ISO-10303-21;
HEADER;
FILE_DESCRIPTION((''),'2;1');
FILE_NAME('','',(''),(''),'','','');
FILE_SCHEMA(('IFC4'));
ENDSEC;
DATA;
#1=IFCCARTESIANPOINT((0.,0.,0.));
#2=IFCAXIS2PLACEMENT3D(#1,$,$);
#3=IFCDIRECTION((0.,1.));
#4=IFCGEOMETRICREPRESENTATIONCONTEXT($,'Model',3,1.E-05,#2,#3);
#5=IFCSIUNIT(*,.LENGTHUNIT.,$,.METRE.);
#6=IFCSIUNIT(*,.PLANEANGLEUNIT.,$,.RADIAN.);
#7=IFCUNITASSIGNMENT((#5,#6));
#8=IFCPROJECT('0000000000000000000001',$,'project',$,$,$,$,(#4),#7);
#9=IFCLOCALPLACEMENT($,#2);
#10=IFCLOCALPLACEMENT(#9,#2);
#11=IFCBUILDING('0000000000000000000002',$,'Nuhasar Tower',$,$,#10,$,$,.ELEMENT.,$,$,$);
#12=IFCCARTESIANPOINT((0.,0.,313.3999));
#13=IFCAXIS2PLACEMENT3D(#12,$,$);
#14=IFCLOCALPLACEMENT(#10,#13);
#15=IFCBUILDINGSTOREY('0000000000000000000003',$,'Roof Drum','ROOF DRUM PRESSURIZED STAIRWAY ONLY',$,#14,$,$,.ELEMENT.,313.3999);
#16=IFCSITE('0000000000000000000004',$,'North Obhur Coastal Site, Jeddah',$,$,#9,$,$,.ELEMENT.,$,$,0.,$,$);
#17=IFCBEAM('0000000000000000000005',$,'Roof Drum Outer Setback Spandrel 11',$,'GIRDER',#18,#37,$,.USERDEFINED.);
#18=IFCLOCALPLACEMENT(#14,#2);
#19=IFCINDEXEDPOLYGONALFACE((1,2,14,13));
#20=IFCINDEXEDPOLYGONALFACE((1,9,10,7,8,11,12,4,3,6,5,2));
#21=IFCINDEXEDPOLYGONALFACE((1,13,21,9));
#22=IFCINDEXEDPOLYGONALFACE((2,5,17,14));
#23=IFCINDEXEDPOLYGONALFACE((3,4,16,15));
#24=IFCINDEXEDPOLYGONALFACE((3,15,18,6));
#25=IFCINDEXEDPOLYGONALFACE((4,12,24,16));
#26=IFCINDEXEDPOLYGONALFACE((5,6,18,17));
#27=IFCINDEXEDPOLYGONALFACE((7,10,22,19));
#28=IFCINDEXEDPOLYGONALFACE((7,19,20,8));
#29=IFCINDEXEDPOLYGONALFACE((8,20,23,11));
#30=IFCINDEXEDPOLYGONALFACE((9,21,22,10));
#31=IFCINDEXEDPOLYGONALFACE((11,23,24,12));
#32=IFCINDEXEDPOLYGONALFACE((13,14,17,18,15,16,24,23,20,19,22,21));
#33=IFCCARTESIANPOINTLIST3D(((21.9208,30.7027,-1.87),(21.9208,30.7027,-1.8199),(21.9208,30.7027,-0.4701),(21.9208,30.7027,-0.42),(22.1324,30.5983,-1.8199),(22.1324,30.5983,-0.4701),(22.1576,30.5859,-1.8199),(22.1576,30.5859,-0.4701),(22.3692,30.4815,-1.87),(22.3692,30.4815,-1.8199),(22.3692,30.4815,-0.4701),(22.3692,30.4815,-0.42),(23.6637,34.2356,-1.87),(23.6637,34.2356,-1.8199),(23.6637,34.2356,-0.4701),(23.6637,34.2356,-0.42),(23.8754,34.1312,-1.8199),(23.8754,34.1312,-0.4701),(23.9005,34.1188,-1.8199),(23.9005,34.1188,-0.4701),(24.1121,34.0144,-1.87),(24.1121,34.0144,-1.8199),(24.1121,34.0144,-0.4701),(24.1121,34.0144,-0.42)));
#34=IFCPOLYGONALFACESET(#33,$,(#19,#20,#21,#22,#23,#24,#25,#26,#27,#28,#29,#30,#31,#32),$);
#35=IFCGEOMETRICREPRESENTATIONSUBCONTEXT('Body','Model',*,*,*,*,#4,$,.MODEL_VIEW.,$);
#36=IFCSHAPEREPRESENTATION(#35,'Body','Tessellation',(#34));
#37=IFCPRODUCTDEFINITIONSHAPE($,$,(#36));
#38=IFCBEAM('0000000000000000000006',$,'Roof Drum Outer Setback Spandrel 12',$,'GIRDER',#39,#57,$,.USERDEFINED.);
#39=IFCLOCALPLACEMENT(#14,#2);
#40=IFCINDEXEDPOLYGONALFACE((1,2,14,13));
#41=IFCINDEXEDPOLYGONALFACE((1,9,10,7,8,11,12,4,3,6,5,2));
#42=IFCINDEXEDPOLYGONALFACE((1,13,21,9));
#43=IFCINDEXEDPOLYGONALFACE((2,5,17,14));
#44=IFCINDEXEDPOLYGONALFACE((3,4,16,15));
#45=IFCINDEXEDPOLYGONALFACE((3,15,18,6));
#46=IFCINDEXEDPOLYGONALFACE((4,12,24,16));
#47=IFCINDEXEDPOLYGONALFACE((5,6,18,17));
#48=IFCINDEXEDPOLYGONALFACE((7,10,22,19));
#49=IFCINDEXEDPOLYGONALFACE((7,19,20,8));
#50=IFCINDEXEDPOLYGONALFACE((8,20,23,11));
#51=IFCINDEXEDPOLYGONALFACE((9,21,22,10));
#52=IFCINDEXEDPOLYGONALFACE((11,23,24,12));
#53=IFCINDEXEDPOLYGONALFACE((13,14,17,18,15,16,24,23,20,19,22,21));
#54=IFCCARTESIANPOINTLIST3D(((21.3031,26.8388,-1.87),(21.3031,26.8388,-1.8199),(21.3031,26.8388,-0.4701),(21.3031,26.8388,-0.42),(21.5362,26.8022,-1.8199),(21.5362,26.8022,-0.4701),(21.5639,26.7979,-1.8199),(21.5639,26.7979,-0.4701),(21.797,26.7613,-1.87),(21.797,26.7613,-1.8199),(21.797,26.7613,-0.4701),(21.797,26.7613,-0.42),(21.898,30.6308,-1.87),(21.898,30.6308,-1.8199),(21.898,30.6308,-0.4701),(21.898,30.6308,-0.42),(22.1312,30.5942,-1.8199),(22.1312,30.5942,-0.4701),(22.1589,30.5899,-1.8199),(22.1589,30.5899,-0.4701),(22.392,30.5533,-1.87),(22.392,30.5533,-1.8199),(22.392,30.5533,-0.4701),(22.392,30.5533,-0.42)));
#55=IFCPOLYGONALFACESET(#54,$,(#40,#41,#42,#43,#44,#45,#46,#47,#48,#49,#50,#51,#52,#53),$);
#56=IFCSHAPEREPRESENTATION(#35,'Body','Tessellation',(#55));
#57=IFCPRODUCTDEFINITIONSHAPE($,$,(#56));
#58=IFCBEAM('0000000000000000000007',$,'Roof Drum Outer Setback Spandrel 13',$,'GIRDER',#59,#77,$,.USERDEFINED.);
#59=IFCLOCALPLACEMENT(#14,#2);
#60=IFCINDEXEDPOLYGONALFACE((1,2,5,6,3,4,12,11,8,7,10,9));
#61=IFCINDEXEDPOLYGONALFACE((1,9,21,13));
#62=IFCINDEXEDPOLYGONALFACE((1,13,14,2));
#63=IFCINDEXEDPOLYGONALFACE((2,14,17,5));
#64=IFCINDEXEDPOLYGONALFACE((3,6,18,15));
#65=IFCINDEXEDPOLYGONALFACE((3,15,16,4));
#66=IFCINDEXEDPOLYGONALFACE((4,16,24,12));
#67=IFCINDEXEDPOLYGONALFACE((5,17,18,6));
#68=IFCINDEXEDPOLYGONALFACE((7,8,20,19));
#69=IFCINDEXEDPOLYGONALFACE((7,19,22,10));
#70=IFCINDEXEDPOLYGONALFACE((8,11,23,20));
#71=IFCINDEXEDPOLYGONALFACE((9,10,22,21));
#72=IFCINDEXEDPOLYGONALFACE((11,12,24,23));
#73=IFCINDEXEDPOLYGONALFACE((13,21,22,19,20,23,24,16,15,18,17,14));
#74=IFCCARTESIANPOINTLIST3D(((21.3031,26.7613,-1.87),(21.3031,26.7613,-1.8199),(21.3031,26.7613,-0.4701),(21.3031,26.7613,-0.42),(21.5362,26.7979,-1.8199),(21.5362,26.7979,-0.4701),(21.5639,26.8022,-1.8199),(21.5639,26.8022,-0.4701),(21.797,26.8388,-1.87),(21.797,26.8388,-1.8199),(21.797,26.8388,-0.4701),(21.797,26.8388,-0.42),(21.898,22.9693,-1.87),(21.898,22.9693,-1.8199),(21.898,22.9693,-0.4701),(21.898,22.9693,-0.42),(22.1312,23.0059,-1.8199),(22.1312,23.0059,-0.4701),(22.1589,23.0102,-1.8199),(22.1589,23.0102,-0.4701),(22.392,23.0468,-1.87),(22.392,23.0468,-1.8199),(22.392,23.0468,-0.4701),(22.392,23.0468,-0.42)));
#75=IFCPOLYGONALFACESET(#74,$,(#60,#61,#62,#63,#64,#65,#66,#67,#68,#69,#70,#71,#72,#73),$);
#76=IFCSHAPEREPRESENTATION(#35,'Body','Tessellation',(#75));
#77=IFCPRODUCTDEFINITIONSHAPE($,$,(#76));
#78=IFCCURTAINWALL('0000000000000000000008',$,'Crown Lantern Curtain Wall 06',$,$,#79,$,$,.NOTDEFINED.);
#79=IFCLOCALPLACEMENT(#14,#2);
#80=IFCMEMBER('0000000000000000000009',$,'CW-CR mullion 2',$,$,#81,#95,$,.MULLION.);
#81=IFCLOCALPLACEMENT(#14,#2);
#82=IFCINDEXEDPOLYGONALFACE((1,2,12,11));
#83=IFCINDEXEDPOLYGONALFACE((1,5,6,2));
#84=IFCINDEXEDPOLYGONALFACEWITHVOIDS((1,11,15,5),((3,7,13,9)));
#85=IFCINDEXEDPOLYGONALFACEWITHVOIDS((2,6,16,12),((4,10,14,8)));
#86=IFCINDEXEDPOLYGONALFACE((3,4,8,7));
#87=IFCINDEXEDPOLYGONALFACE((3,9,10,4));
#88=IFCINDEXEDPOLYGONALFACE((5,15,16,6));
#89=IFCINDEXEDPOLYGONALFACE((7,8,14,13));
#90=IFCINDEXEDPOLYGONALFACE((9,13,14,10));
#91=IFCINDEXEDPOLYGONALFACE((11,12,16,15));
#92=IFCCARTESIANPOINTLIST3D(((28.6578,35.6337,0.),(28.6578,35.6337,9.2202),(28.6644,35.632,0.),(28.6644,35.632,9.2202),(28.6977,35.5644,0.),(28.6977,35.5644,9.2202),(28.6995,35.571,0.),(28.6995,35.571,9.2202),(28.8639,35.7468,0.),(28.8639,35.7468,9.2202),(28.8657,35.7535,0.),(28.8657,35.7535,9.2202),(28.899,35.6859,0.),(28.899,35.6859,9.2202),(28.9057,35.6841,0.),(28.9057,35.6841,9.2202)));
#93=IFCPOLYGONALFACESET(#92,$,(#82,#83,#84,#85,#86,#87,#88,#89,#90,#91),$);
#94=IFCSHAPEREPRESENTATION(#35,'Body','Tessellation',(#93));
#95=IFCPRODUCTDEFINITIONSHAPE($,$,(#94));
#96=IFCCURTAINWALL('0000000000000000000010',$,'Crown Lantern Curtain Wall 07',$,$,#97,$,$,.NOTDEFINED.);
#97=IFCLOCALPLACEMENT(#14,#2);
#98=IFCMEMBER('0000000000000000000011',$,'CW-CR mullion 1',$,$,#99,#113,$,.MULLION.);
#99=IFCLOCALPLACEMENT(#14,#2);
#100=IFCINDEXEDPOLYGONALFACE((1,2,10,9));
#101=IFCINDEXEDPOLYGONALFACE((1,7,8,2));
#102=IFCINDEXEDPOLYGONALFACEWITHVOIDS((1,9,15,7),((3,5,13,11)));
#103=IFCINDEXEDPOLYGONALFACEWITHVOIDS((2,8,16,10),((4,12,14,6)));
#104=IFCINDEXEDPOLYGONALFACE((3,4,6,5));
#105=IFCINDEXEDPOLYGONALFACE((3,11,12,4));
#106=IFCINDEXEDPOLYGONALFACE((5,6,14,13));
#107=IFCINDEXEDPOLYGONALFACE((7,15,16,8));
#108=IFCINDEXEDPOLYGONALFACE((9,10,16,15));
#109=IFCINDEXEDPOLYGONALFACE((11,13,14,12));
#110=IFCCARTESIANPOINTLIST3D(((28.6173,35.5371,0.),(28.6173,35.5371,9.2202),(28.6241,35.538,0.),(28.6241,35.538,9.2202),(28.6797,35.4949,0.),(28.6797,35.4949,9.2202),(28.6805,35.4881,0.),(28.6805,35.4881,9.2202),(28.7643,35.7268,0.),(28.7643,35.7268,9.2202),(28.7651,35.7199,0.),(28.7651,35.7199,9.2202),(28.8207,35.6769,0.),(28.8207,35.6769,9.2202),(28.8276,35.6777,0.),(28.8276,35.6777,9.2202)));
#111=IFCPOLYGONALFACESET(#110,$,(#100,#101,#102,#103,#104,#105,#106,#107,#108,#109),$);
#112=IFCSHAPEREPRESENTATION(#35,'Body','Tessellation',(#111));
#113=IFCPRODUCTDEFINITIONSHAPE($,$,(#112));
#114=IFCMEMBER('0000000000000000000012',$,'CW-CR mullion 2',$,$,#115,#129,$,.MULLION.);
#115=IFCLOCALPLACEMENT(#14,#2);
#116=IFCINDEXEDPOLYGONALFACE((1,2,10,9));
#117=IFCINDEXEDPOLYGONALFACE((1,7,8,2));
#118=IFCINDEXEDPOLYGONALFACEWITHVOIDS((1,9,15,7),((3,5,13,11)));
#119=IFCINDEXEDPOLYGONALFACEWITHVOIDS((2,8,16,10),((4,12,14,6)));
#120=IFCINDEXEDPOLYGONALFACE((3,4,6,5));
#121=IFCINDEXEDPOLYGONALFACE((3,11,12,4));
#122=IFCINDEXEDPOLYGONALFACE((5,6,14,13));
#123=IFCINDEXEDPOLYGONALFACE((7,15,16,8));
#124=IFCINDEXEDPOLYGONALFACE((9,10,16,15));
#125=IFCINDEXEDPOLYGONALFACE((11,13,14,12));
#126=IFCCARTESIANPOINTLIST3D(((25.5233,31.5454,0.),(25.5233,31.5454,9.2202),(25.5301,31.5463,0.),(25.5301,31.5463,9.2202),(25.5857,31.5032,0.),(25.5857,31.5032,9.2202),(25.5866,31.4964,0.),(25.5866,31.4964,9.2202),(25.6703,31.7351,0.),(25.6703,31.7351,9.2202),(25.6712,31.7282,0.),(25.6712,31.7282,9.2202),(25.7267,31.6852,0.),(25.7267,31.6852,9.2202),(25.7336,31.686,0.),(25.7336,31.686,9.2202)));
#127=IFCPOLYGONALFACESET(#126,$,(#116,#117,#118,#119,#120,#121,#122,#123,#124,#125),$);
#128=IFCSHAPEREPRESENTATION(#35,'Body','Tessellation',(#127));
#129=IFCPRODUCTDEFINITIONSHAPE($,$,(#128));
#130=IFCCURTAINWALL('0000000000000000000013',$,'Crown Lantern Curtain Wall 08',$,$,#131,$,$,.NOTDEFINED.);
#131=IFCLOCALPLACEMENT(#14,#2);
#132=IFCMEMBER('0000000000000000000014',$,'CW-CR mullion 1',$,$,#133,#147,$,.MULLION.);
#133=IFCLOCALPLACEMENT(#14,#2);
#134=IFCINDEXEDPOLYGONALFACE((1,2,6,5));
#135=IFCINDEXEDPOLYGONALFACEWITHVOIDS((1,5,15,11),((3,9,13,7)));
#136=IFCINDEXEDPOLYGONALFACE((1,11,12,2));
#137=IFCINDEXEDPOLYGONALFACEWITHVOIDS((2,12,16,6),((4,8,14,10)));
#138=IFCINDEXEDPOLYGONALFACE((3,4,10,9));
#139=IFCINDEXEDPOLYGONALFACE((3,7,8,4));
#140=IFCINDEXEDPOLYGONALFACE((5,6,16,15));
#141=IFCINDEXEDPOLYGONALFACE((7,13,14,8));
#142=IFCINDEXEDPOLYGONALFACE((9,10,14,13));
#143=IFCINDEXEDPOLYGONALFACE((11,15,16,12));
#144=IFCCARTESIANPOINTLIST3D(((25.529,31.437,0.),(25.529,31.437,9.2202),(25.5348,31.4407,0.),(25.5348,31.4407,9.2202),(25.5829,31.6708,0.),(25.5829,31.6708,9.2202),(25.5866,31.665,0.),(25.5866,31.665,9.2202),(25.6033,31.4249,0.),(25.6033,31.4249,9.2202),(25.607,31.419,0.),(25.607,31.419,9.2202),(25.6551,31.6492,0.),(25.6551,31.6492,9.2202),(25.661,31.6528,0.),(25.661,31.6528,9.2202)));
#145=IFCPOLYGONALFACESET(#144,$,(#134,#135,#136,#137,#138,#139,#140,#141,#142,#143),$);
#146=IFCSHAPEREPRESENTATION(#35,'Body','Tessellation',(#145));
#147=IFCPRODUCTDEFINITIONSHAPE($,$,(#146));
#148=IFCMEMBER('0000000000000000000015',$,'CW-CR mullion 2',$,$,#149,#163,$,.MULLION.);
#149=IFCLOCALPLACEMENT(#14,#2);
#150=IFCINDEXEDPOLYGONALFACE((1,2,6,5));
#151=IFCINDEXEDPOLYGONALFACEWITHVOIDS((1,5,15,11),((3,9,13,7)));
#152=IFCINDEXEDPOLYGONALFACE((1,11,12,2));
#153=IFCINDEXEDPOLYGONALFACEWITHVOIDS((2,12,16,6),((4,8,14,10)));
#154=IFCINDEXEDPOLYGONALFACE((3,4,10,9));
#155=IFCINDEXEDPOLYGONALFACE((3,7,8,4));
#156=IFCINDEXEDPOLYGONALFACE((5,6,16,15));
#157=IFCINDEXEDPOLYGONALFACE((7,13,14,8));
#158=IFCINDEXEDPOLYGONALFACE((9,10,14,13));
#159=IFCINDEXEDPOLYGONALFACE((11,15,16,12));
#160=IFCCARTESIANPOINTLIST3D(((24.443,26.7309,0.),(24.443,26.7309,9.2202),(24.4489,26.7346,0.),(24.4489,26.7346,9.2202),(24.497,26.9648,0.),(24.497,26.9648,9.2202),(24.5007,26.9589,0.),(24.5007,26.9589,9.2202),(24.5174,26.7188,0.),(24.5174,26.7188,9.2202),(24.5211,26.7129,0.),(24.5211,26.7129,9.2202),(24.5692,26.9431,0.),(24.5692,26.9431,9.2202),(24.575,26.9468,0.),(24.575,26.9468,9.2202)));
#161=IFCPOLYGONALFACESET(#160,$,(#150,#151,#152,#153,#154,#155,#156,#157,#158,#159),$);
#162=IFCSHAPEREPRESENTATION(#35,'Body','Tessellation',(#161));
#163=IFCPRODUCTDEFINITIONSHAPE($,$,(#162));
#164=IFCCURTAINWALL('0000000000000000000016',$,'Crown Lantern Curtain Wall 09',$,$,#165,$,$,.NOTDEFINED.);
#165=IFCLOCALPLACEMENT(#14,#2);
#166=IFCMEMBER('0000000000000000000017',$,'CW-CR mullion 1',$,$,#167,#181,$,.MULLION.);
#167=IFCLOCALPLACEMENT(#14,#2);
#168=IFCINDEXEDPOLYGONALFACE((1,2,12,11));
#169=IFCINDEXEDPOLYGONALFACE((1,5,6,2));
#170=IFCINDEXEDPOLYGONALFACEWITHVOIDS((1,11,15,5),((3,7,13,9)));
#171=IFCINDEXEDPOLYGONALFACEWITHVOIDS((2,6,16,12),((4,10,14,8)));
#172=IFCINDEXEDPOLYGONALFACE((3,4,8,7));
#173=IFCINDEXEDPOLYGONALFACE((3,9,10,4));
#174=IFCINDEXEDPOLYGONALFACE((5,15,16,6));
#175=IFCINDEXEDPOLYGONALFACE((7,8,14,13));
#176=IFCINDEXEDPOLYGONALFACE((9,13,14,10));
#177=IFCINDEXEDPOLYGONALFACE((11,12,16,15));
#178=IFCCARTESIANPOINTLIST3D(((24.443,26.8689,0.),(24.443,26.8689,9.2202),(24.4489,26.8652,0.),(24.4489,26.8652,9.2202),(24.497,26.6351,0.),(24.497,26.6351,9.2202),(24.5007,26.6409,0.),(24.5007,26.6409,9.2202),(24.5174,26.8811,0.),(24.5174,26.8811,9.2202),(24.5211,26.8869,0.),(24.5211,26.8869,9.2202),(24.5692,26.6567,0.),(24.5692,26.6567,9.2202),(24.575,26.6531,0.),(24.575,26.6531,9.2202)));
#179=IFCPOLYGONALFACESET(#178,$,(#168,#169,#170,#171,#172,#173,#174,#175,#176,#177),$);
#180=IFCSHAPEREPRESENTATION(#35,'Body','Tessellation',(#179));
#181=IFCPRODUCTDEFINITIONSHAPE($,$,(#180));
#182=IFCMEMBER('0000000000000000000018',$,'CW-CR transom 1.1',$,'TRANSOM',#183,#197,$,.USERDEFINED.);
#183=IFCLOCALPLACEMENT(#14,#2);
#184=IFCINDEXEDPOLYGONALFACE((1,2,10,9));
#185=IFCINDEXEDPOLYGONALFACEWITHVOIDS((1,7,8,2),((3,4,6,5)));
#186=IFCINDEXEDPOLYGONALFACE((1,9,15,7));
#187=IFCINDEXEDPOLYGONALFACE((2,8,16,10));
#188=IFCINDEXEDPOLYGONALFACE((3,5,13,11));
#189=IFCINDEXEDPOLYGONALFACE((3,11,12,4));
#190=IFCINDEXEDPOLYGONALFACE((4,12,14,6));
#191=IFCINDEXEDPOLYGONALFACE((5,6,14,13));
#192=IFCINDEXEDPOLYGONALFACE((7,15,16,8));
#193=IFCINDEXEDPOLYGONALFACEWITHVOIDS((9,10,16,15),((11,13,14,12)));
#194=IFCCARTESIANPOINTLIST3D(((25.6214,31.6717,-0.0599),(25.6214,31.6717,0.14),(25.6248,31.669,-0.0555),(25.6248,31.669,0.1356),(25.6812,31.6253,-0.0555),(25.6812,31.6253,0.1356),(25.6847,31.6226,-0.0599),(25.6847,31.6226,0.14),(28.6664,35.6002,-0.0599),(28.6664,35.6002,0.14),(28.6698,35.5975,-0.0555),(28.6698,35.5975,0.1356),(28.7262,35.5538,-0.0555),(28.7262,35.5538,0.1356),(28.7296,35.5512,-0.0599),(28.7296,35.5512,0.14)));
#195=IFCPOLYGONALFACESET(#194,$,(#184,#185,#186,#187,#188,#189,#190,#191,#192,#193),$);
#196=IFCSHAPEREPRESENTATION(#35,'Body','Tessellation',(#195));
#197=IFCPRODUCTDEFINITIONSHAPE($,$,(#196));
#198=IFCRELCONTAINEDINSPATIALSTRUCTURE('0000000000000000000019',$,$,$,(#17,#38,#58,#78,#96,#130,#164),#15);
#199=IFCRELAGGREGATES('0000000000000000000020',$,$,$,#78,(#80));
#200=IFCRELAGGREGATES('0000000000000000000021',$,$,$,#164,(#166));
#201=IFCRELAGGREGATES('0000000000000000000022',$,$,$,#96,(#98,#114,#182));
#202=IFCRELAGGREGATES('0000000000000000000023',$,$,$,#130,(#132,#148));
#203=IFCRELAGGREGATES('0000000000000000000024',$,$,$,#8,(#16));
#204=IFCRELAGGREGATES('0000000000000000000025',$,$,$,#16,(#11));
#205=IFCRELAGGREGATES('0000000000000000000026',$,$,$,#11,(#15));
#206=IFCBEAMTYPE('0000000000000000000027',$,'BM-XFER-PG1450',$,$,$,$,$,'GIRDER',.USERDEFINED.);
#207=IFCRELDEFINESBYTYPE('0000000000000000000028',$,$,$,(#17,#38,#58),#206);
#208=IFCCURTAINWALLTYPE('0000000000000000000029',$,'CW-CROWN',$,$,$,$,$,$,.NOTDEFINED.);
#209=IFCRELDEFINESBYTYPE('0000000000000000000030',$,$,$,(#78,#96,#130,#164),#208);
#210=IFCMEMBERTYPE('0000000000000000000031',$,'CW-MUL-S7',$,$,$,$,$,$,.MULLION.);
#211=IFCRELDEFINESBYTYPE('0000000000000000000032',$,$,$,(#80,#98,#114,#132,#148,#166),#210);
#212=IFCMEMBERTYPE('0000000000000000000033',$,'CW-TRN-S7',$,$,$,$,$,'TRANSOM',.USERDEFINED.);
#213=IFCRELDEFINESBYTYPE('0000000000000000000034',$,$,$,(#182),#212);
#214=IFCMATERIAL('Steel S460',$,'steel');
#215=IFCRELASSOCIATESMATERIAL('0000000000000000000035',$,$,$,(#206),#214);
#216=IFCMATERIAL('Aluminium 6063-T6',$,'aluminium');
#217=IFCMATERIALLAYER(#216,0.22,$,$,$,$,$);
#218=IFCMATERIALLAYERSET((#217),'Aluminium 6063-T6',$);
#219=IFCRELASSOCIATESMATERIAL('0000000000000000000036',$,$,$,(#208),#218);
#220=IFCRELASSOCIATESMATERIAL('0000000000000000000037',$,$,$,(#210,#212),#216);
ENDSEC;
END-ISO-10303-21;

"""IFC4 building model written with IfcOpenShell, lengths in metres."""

from ifc_helpers import new_model, si_unit, direction, frame, origin, origin_2d, place, context, subcontext, project, spatial, hollow_rectangle, i_section, extrude, material, layer, layer_set, material_profile, profile_set, type_object, element, aggregate, save


model = new_model("IFC4")

# Units and contexts
model_context = context("Model", 3, precision=1e-05, world=origin(), true_north=direction((0.0, 1.0)))
body_context = subcontext(model_context, "Body", "Model", "MODEL_VIEW")
ifc_project = project(units=[si_unit("LENGTHUNIT", "METRE"), si_unit("PLANEANGLEUNIT", "RADIAN")], contexts=[model_context])

# Site, building, storey
site_placement = place(None, origin())
site = spatial("IfcSite", under=ifc_project, at=site_placement, Name="North Obhur Coastal Site, Jeddah", CompositionType="ELEMENT", RefElevation=0.0)
building_placement = place(site_placement, origin())
building = spatial("IfcBuilding", under=site, at=building_placement, Name="Nuhasar Tower", CompositionType="ELEMENT")
storey_placement = place(building_placement, frame((0.0, 0.0, 313.3999)))
storey = spatial("IfcBuildingStorey", under=building, at=storey_placement, Name="Roof Drum", Description="ROOF DRUM PRESSURIZED STAIRWAY ONLY", CompositionType="ELEMENT", Elevation=313.3999)

# Beams
ifc_material_1 = material(Name="Steel S460", Category="steel")
ifc_material_profile_1 = material_profile(ifc_material_1, i_section(OverallWidth=0.5, OverallDepth=1.45, WebThickness=0.0281, FlangeThickness=0.05, at=origin_2d()), Name="PG1450X500")
ifc_profile_set_1 = profile_set([ifc_material_profile_1], Name="Steel S460")
beam_type_1 = type_object("IfcBeamType", Name="BM-XFER-PG1450", ElementType="GIRDER", PredefinedType="USERDEFINED", material=ifc_profile_set_1)
beam_1_placement = place(storey_placement, frame((23.8879, 34.125, -1.145), z_axis=(-0.442423, -0.896807, 0.0), x_axis=(0.896807, -0.442423, 0.0)))
element("IfcBeam", 1, at=beam_1_placement, inside=storey, type_object=beam_type_1, Name="Roof Drum Outer Setback Spandrel 11", ObjectType="GIRDER", PredefinedType="USERDEFINED", context=body_context, shape_type="SweptSolid", body=[
    extrude(i_section(OverallWidth=0.5, OverallDepth=1.45, WebThickness=0.0281, FlangeThickness=0.05, at=origin_2d()), origin(), (0.0, 0.0, 1.0), 3.9395),
])
for number, where, z_axis, x_axis, name in (
    (2, (22.145, 30.592, -1.145), (-0.155006, -0.987914, 0.0), (0.987914, -0.155006, 0.0), "Roof Drum Outer Setback Spandrel 12"),
    (3, (21.55, 26.8, -1.145), (0.155006, -0.987914, 0.0), (0.987914, 0.155006, 0.0), "Roof Drum Outer Setback Spandrel 13"),
):
    element("IfcBeam", number, at=place(storey_placement, frame(where, z_axis=z_axis, x_axis=x_axis)), inside=storey, type_object=beam_type_1, Name=name, ObjectType="GIRDER", PredefinedType="USERDEFINED", context=body_context, shape_type="SweptSolid", body=[
        extrude(i_section(OverallWidth=0.5, OverallDepth=1.45, WebThickness=0.0281, FlangeThickness=0.05, at=origin_2d()), origin(), (0.0, 0.0, 1.0), 3.8384),
    ])

# Curtain wall, member
ifc_material_2 = material(Name="Aluminium 6063-T6", Category="aluminium")
ifc_layer_1 = layer(ifc_material_2, 0.22)
ifc_layer_set_1 = layer_set([ifc_layer_1], Name="Aluminium 6063-T6")
curtain_wall_type = type_object("IfcCurtainWallType", Name="CW-CROWN", PredefinedType="NOTDEFINED", material=ifc_layer_set_1)
curtain_wall_1_placement = place(storey_placement, origin())
curtain_wall_1 = element("IfcCurtainWall", 4, at=curtain_wall_1_placement, inside=storey, type_object=curtain_wall_type, Name="Crown Lantern Curtain Wall 06", PredefinedType="NOTDEFINED")
ifc_material_profile_2 = material_profile(ifc_material_2, hollow_rectangle(XDim=0.0801, YDim=0.24, WallThickness=0.0049, at=origin_2d()), Name="CWM-7")
ifc_profile_set_2 = profile_set([ifc_material_profile_2], Name="Aluminium 6063-T6")
member_type_1 = type_object("IfcMemberType", Name="CW-MUL-S7", PredefinedType="MULLION", material=ifc_profile_set_2)
member_1_placement = place(storey_placement, frame((28.7817, 35.6589, 0.0), z_axis=(0.0, 0.0, 1.0), x_axis=(0.499052, -0.866572, 0.0)))
member_1 = element("IfcMember", 5, at=member_1_placement, type_object=member_type_1, Name="CW-CR mullion 2", PredefinedType="MULLION", context=body_context, shape_type="SweptSolid", body=[
    extrude(hollow_rectangle(XDim=0.0801, YDim=0.24, WallThickness=0.0049, at=origin_2d()), origin(), (0.0, 0.0, 1.0), 9.2202),
])
aggregate(curtain_wall_1, [member_1])

# Curtain walls, members
curtain_wall_2_placement = place(storey_placement, origin())
curtain_wall_2 = element("IfcCurtainWall", 6, at=curtain_wall_2_placement, inside=storey, type_object=curtain_wall_type, Name="Crown Lantern Curtain Wall 07", PredefinedType="NOTDEFINED")
member_2_placement = place(storey_placement, frame((28.7224, 35.6074, 0.0), z_axis=(0.0, 0.0, 1.0), x_axis=(0.79038, -0.612617, 0.0)))
member_2 = element("IfcMember", 7, at=member_2_placement, type_object=member_type_1, Name="CW-CR mullion 1", PredefinedType="MULLION", context=body_context, shape_type="SweptSolid", body=[
    extrude(hollow_rectangle(XDim=0.0801, YDim=0.24, WallThickness=0.0049, at=origin_2d()), origin(), (0.0, 0.0, 1.0), 9.2202),
])
member_3_placement = place(storey_placement, frame((25.6284, 31.6157, 0.0), z_axis=(0.0, 0.0, 1.0), x_axis=(0.79038, -0.612617, 0.0)))
member_3 = element("IfcMember", 8, at=member_3_placement, type_object=member_type_1, Name="CW-CR mullion 2", PredefinedType="MULLION", context=body_context, shape_type="SweptSolid", body=[
    extrude(hollow_rectangle(XDim=0.0801, YDim=0.24, WallThickness=0.0049, at=origin_2d()), origin(), (0.0, 0.0, 1.0), 9.2202),
])
curtain_wall_3_placement = place(storey_placement, origin())
curtain_wall_3 = element("IfcCurtainWall", 9, at=curtain_wall_3_placement, inside=storey, type_object=curtain_wall_type, Name="Crown Lantern Curtain Wall 08", PredefinedType="NOTDEFINED")
member_4_placement = place(storey_placement, frame((25.595, 31.5449, 0.0), z_axis=(0.0, 0.0, 1.0), x_axis=(0.974391, -0.22486, 0.0)))
member_4 = element("IfcMember", 10, at=member_4_placement, type_object=member_type_1, Name="CW-CR mullion 1", PredefinedType="MULLION", context=body_context, shape_type="SweptSolid", body=[
    extrude(hollow_rectangle(XDim=0.0801, YDim=0.24, WallThickness=0.0049, at=origin_2d()), origin(), (0.0, 0.0, 1.0), 9.2202),
])
member_5_placement = place(storey_placement, frame((24.509, 26.8389, 0.0), z_axis=(0.0, 0.0, 1.0), x_axis=(0.974391, -0.22486, 0.0)))
member_5 = element("IfcMember", 11, at=member_5_placement, type_object=member_type_1, Name="CW-CR mullion 2", PredefinedType="MULLION", context=body_context, shape_type="SweptSolid", body=[
    extrude(hollow_rectangle(XDim=0.0801, YDim=0.24, WallThickness=0.0049, at=origin_2d()), origin(), (0.0, 0.0, 1.0), 9.2202),
])

# Curtain wall, member
curtain_wall_4_placement = place(storey_placement, origin())
curtain_wall_4 = element("IfcCurtainWall", 12, at=curtain_wall_4_placement, inside=storey, type_object=curtain_wall_type, Name="Crown Lantern Curtain Wall 09", PredefinedType="NOTDEFINED")
member_6_placement = place(storey_placement, frame((24.509, 26.761, 0.0), z_axis=(0.0, 0.0, 1.0), x_axis=(0.974391, 0.22486, 0.0)))
member_6 = element("IfcMember", 13, at=member_6_placement, type_object=member_type_1, Name="CW-CR mullion 1", PredefinedType="MULLION", context=body_context, shape_type="SweptSolid", body=[
    extrude(hollow_rectangle(XDim=0.0801, YDim=0.24, WallThickness=0.0049, at=origin_2d()), origin(), (0.0, 0.0, 1.0), 9.2202),
])
aggregate(curtain_wall_4, [member_6])

# Member
ifc_material_profile_3 = material_profile(ifc_material_2, hollow_rectangle(XDim=0.0801, YDim=0.2, WallThickness=0.0044, at=origin_2d()), Name="CWT-7")
ifc_profile_set_3 = profile_set([ifc_material_profile_3], Name="Aluminium 6063-T6")
member_type_2 = type_object("IfcMemberType", Name="CW-TRN-S7", ElementType="TRANSOM", PredefinedType="USERDEFINED", material=ifc_profile_set_3)
member_7_placement = place(storey_placement, frame((28.698, 35.5757, 0.04), z_axis=(-0.612617, -0.79038, 0.0), x_axis=(0.79038, -0.612617, 0.0)))
member_7 = element("IfcMember", 14, at=member_7_placement, type_object=member_type_2, Name="CW-CR transom 1.1", ObjectType="TRANSOM", PredefinedType="USERDEFINED", context=body_context, shape_type="SweptSolid", body=[
    extrude(hollow_rectangle(XDim=0.0801, YDim=0.2, WallThickness=0.0044, at=origin_2d()), origin(), (0.0, 0.0, 1.0), 4.9705),
])
aggregate(curtain_wall_2, [member_2, member_3, member_7])
aggregate(curtain_wall_3, [member_4, member_5])

save(model, "model.ifc")
